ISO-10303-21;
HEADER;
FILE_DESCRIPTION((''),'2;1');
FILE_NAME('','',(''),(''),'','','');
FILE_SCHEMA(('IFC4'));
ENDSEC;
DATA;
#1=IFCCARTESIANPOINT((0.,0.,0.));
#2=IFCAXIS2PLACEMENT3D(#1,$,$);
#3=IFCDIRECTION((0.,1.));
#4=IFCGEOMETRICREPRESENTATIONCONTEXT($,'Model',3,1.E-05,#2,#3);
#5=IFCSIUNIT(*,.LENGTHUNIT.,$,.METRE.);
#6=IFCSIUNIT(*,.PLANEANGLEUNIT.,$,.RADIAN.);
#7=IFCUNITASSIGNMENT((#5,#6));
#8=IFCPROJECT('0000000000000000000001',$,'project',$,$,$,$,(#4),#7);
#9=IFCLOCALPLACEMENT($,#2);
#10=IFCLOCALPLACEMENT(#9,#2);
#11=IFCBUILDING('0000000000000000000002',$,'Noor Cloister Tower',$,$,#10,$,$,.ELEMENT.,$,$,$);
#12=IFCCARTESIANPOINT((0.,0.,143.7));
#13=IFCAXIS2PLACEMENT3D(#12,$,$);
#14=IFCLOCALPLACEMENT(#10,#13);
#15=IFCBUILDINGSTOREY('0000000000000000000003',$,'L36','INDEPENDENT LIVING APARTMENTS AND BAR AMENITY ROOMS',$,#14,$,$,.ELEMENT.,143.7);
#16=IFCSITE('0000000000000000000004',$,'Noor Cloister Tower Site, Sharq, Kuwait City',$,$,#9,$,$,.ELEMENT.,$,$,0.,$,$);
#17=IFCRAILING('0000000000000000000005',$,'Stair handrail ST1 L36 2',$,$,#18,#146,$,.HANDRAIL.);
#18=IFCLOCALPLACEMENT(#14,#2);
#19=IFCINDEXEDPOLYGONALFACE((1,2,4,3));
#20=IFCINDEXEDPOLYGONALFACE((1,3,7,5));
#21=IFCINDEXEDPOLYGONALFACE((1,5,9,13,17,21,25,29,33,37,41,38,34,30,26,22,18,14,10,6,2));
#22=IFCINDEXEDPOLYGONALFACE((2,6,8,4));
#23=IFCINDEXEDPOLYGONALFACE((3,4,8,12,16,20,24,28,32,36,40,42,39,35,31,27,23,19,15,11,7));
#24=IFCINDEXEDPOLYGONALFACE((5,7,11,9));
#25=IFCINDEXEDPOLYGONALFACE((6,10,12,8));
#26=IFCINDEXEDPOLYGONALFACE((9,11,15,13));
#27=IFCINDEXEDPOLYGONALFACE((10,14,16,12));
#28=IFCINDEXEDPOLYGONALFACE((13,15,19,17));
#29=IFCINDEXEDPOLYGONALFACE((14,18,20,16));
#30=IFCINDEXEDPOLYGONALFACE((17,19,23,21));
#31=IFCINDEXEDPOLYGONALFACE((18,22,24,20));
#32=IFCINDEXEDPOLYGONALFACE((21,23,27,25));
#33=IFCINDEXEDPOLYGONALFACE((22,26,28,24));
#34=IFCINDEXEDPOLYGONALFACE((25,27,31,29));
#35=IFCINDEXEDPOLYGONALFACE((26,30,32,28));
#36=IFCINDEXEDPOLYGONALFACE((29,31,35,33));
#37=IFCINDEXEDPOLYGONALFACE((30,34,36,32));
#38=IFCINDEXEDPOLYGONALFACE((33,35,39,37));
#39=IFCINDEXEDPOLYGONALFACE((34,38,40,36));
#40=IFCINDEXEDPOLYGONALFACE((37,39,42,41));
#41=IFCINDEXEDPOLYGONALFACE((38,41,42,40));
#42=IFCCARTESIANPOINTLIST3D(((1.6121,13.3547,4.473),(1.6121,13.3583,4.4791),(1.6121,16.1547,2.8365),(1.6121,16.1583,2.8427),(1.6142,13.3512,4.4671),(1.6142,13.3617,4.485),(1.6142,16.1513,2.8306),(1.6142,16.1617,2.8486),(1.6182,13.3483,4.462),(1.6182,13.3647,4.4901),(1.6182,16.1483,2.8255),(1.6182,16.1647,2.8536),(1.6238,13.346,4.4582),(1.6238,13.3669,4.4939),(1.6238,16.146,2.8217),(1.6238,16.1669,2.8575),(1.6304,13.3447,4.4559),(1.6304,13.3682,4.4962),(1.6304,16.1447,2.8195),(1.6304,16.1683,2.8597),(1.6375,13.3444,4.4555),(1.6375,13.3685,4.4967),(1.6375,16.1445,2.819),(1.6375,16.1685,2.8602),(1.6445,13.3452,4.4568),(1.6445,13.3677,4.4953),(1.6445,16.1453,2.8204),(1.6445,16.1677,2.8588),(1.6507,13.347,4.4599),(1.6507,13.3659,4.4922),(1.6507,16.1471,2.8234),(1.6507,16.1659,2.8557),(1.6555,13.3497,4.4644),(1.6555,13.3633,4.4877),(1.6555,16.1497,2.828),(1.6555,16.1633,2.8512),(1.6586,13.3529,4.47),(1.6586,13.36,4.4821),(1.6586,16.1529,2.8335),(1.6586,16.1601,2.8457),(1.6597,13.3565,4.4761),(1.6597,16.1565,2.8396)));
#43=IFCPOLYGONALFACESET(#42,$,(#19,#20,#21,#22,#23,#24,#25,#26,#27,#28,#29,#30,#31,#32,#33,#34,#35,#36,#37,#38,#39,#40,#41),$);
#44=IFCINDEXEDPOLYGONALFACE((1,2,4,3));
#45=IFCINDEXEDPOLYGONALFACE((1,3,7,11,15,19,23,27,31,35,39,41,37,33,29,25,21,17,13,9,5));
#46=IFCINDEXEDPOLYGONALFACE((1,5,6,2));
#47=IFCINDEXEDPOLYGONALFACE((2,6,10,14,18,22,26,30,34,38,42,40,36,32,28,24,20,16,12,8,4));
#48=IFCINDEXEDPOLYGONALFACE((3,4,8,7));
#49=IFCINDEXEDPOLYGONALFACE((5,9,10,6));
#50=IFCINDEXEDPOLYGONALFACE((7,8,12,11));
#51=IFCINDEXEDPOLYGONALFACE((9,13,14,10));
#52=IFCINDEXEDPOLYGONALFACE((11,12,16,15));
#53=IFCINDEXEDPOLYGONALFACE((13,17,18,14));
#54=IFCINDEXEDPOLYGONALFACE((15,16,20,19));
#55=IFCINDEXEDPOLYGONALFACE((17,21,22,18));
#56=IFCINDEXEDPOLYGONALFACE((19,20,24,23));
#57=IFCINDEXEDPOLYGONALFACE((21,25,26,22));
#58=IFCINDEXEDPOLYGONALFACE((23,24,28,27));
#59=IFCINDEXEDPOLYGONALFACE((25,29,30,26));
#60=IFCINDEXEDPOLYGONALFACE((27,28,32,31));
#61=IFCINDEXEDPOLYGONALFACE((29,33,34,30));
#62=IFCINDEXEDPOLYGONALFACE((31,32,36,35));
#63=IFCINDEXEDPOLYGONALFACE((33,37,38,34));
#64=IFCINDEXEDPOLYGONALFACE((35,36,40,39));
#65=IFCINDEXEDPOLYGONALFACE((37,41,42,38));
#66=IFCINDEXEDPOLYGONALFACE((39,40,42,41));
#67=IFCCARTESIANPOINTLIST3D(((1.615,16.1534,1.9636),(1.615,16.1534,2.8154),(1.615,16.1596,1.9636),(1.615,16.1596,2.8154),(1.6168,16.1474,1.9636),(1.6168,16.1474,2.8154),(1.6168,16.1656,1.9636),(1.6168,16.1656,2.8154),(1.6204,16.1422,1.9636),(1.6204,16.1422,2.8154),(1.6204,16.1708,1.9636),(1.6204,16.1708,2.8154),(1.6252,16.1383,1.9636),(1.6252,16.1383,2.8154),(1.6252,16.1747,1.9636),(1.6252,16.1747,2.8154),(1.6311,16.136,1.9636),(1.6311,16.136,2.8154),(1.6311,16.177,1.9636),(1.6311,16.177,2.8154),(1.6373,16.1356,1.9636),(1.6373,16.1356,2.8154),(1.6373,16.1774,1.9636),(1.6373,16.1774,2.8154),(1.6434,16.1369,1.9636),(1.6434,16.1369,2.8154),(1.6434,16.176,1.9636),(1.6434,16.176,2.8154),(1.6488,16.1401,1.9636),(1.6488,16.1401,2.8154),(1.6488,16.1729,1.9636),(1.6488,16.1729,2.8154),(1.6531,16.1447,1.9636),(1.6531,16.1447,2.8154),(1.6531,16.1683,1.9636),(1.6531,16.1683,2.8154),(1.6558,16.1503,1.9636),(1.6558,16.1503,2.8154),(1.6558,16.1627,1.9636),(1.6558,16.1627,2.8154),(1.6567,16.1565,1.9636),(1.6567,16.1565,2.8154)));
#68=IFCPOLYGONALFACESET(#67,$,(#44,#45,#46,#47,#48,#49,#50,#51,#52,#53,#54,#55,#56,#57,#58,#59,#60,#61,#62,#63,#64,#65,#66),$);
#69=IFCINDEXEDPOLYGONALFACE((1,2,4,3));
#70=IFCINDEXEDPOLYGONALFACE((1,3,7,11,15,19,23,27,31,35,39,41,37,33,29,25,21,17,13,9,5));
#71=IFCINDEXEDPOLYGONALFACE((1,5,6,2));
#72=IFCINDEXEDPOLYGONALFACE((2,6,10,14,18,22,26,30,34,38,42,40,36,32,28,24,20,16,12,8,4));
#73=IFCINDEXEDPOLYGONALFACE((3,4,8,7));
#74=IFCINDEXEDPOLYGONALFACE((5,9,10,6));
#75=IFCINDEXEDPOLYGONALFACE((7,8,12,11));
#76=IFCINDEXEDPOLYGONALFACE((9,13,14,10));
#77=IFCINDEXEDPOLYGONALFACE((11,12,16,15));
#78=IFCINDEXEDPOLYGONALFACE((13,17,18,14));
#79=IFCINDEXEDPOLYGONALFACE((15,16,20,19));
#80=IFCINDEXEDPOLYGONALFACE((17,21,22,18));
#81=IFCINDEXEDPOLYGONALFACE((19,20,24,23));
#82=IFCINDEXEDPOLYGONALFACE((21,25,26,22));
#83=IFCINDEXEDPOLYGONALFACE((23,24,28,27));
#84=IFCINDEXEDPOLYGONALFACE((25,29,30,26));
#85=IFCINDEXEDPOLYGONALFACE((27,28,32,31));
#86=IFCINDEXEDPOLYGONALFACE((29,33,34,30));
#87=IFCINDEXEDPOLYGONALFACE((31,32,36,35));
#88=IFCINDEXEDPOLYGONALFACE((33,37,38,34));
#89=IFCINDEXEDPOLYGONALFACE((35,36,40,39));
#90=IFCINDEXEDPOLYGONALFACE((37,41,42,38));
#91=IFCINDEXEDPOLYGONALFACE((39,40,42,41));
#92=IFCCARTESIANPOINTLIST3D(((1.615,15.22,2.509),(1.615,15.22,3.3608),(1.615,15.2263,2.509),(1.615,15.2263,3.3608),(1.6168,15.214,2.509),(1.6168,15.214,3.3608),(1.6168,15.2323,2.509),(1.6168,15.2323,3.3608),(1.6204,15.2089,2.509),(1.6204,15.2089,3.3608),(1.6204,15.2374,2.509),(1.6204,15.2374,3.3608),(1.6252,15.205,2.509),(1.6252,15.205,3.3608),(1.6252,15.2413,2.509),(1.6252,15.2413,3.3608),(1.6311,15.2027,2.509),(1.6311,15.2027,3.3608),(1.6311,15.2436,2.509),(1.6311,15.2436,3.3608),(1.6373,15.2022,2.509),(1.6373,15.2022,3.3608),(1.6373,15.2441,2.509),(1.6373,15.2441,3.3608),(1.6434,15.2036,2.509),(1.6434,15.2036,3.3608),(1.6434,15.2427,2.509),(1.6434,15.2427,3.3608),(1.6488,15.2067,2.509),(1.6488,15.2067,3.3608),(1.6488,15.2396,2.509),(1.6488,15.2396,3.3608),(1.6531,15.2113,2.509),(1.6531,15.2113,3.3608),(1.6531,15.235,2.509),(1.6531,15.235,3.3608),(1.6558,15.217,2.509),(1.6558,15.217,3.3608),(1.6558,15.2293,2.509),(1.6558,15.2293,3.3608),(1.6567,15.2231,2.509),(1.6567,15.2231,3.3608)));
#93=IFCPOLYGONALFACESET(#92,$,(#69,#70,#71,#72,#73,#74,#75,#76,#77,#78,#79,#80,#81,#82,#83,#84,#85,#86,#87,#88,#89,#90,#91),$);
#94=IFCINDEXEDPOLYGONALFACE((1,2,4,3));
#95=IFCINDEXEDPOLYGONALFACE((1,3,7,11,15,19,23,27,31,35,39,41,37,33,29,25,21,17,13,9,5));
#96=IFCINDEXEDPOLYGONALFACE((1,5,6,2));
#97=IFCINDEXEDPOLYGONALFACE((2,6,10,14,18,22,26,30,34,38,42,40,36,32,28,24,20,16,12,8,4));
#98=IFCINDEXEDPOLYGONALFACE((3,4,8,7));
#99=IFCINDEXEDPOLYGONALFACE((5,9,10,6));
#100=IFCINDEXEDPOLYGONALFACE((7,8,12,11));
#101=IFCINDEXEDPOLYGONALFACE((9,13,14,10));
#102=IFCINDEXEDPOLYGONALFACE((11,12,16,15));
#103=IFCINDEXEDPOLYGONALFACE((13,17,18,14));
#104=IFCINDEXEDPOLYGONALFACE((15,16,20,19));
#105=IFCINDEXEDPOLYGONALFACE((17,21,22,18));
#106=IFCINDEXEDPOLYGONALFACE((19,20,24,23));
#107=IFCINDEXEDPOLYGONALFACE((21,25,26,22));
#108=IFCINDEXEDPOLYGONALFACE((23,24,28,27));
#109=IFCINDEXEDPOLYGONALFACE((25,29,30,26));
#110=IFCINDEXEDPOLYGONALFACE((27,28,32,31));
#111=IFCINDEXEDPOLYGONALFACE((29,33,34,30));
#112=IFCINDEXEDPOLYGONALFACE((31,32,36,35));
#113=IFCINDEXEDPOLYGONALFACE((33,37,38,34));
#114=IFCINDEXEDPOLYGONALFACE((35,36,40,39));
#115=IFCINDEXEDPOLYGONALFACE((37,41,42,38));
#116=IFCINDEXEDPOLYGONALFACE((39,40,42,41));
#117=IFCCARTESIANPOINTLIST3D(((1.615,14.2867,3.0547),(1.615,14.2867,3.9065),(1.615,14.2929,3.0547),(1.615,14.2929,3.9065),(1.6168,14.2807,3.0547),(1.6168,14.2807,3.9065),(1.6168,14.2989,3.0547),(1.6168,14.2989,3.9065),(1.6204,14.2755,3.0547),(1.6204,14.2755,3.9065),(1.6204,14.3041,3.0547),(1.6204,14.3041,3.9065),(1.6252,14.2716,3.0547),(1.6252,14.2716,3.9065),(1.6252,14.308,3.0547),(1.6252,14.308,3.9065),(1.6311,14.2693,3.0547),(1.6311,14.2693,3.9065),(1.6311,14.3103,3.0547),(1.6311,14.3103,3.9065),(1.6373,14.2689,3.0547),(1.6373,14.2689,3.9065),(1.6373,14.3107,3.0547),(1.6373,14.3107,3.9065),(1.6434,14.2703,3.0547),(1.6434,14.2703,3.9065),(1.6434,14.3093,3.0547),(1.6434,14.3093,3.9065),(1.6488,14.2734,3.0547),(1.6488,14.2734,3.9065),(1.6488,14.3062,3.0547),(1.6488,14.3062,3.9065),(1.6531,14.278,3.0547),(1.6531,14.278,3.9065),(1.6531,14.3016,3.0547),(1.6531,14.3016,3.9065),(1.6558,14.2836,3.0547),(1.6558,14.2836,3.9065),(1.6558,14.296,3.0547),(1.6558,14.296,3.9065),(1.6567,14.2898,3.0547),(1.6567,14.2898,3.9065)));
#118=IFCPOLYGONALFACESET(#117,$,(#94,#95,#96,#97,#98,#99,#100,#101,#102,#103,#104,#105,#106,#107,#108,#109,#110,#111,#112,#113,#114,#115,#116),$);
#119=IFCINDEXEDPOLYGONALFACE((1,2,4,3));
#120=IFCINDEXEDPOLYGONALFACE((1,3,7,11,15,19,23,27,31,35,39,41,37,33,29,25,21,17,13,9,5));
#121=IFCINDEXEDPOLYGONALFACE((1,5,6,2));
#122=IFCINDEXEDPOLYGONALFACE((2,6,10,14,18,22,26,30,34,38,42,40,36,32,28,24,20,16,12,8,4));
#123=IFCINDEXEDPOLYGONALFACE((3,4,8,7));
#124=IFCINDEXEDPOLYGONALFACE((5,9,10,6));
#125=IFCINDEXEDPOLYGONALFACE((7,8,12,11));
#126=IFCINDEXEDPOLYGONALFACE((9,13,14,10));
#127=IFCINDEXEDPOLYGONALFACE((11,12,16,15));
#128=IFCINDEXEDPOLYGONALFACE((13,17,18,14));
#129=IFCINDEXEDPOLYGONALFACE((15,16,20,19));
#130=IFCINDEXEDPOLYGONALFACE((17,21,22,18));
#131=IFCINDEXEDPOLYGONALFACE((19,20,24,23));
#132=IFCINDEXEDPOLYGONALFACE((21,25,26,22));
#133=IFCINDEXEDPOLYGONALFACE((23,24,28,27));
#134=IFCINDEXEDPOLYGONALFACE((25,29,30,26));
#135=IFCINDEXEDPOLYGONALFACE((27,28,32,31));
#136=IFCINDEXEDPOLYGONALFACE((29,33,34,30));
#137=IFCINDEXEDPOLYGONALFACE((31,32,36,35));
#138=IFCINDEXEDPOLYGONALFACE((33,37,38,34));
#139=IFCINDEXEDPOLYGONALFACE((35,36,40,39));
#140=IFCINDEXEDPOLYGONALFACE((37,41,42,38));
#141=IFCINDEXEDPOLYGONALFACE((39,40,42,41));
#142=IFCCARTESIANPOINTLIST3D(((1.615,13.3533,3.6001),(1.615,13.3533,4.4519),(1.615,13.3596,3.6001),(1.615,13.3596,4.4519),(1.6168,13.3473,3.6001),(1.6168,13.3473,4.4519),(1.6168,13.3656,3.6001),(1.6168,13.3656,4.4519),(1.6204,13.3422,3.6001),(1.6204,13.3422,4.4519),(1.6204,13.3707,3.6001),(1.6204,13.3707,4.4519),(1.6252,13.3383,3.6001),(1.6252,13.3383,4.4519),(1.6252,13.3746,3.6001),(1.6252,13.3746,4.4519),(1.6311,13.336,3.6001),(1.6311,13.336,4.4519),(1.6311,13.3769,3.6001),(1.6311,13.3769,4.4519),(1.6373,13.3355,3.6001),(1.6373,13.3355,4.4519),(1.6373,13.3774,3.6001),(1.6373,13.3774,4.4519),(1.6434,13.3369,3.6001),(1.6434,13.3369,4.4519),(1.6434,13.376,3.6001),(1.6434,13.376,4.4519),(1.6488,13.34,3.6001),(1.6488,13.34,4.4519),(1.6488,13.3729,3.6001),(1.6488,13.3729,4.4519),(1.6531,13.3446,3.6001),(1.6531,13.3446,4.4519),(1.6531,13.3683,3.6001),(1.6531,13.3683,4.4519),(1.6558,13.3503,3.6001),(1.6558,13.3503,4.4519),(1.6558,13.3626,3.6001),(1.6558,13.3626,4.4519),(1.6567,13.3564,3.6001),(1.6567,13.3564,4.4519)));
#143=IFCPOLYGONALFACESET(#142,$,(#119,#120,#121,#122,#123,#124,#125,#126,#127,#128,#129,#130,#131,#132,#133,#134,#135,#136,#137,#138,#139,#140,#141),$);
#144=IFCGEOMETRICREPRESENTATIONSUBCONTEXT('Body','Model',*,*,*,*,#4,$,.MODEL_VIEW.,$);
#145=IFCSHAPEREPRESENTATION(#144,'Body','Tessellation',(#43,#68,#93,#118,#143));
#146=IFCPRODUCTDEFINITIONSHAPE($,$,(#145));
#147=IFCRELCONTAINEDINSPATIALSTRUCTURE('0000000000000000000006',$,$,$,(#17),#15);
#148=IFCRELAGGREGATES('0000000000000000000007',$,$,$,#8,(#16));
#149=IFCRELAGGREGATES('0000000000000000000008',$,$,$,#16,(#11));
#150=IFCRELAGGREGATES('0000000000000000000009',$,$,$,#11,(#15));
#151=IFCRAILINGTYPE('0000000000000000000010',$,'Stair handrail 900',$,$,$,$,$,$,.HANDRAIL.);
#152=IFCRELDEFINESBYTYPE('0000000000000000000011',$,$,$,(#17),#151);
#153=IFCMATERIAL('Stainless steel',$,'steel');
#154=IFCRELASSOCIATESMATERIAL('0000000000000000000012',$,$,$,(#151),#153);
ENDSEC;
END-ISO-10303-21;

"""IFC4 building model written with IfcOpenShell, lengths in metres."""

from ifc_helpers import new_model, si_unit, direction, frame, origin, origin_2d, place, context, subcontext, project, spatial, circle, extrude, material, type_object, element, save


model = new_model("IFC4")

# Units and contexts
model_context = context("Model", 3, precision=1e-05, world=origin(), true_north=direction((0.0, 1.0)))
body_context = subcontext(model_context, "Body", "Model", "MODEL_VIEW")
ifc_project = project(units=[si_unit("LENGTHUNIT", "METRE"), si_unit("PLANEANGLEUNIT", "RADIAN")], contexts=[model_context])

# Site, building, storey
site_placement = place(None, origin())
site = spatial("IfcSite", under=ifc_project, at=site_placement, Name="Noor Cloister Tower Site, Sharq, Kuwait City", CompositionType="ELEMENT", RefElevation=0.0)
building_placement = place(site_placement, origin())
building = spatial("IfcBuilding", under=site, at=building_placement, Name="Noor Cloister Tower", CompositionType="ELEMENT")
storey_placement = place(building_placement, frame((0.0, 0.0, 143.7)))
storey = spatial("IfcBuildingStorey", under=building, at=storey_placement, Name="L36", Description="INDEPENDENT LIVING APARTMENTS AND BAR AMENITY ROOMS", CompositionType="ELEMENT", Elevation=143.7)

# Railing
ifc_material_1 = material(Name="Stainless steel", Category="steel")
railing_type_1 = type_object("IfcRailingType", Name="Stair handrail 900", PredefinedType="HANDRAIL", material=ifc_material_1)
railing_1_placement = place(storey_placement, frame((1.6357, 16.1565, 1.9636)))
element("IfcRailing", 1, at=railing_1_placement, inside=storey, type_object=railing_type_1, Name="Stair handrail ST1 L36 2", PredefinedType="HANDRAIL", context=body_context, shape_type="SweptSolid", body=[
    extrude(circle(Radius=0.0239, at=origin_2d()), frame((0.0, 0.0, 0.876), z_axis=(0.0, -0.863361, 0.504587), x_axis=(1.0, 0.0, 0.0)), (0.0, 0.0, 1.0), 3.2432),
    extrude(circle(Radius=0.021, at=origin_2d()), origin(), (0.0, 0.0, 1.0), 0.8518),
    extrude(circle(Radius=0.021, at=origin_2d()), frame((0.0, -0.9333, 0.5454)), (0.0, 0.0, 1.0), 0.8518),
    extrude(circle(Radius=0.021, at=origin_2d()), frame((0.0, -1.8667, 1.0911)), (0.0, 0.0, 1.0), 0.8518),
    extrude(circle(Radius=0.021, at=origin_2d()), frame((0.0, -2.8, 1.6365)), (0.0, 0.0, 1.0), 0.8518),
])

save(model, "model.ifc")
